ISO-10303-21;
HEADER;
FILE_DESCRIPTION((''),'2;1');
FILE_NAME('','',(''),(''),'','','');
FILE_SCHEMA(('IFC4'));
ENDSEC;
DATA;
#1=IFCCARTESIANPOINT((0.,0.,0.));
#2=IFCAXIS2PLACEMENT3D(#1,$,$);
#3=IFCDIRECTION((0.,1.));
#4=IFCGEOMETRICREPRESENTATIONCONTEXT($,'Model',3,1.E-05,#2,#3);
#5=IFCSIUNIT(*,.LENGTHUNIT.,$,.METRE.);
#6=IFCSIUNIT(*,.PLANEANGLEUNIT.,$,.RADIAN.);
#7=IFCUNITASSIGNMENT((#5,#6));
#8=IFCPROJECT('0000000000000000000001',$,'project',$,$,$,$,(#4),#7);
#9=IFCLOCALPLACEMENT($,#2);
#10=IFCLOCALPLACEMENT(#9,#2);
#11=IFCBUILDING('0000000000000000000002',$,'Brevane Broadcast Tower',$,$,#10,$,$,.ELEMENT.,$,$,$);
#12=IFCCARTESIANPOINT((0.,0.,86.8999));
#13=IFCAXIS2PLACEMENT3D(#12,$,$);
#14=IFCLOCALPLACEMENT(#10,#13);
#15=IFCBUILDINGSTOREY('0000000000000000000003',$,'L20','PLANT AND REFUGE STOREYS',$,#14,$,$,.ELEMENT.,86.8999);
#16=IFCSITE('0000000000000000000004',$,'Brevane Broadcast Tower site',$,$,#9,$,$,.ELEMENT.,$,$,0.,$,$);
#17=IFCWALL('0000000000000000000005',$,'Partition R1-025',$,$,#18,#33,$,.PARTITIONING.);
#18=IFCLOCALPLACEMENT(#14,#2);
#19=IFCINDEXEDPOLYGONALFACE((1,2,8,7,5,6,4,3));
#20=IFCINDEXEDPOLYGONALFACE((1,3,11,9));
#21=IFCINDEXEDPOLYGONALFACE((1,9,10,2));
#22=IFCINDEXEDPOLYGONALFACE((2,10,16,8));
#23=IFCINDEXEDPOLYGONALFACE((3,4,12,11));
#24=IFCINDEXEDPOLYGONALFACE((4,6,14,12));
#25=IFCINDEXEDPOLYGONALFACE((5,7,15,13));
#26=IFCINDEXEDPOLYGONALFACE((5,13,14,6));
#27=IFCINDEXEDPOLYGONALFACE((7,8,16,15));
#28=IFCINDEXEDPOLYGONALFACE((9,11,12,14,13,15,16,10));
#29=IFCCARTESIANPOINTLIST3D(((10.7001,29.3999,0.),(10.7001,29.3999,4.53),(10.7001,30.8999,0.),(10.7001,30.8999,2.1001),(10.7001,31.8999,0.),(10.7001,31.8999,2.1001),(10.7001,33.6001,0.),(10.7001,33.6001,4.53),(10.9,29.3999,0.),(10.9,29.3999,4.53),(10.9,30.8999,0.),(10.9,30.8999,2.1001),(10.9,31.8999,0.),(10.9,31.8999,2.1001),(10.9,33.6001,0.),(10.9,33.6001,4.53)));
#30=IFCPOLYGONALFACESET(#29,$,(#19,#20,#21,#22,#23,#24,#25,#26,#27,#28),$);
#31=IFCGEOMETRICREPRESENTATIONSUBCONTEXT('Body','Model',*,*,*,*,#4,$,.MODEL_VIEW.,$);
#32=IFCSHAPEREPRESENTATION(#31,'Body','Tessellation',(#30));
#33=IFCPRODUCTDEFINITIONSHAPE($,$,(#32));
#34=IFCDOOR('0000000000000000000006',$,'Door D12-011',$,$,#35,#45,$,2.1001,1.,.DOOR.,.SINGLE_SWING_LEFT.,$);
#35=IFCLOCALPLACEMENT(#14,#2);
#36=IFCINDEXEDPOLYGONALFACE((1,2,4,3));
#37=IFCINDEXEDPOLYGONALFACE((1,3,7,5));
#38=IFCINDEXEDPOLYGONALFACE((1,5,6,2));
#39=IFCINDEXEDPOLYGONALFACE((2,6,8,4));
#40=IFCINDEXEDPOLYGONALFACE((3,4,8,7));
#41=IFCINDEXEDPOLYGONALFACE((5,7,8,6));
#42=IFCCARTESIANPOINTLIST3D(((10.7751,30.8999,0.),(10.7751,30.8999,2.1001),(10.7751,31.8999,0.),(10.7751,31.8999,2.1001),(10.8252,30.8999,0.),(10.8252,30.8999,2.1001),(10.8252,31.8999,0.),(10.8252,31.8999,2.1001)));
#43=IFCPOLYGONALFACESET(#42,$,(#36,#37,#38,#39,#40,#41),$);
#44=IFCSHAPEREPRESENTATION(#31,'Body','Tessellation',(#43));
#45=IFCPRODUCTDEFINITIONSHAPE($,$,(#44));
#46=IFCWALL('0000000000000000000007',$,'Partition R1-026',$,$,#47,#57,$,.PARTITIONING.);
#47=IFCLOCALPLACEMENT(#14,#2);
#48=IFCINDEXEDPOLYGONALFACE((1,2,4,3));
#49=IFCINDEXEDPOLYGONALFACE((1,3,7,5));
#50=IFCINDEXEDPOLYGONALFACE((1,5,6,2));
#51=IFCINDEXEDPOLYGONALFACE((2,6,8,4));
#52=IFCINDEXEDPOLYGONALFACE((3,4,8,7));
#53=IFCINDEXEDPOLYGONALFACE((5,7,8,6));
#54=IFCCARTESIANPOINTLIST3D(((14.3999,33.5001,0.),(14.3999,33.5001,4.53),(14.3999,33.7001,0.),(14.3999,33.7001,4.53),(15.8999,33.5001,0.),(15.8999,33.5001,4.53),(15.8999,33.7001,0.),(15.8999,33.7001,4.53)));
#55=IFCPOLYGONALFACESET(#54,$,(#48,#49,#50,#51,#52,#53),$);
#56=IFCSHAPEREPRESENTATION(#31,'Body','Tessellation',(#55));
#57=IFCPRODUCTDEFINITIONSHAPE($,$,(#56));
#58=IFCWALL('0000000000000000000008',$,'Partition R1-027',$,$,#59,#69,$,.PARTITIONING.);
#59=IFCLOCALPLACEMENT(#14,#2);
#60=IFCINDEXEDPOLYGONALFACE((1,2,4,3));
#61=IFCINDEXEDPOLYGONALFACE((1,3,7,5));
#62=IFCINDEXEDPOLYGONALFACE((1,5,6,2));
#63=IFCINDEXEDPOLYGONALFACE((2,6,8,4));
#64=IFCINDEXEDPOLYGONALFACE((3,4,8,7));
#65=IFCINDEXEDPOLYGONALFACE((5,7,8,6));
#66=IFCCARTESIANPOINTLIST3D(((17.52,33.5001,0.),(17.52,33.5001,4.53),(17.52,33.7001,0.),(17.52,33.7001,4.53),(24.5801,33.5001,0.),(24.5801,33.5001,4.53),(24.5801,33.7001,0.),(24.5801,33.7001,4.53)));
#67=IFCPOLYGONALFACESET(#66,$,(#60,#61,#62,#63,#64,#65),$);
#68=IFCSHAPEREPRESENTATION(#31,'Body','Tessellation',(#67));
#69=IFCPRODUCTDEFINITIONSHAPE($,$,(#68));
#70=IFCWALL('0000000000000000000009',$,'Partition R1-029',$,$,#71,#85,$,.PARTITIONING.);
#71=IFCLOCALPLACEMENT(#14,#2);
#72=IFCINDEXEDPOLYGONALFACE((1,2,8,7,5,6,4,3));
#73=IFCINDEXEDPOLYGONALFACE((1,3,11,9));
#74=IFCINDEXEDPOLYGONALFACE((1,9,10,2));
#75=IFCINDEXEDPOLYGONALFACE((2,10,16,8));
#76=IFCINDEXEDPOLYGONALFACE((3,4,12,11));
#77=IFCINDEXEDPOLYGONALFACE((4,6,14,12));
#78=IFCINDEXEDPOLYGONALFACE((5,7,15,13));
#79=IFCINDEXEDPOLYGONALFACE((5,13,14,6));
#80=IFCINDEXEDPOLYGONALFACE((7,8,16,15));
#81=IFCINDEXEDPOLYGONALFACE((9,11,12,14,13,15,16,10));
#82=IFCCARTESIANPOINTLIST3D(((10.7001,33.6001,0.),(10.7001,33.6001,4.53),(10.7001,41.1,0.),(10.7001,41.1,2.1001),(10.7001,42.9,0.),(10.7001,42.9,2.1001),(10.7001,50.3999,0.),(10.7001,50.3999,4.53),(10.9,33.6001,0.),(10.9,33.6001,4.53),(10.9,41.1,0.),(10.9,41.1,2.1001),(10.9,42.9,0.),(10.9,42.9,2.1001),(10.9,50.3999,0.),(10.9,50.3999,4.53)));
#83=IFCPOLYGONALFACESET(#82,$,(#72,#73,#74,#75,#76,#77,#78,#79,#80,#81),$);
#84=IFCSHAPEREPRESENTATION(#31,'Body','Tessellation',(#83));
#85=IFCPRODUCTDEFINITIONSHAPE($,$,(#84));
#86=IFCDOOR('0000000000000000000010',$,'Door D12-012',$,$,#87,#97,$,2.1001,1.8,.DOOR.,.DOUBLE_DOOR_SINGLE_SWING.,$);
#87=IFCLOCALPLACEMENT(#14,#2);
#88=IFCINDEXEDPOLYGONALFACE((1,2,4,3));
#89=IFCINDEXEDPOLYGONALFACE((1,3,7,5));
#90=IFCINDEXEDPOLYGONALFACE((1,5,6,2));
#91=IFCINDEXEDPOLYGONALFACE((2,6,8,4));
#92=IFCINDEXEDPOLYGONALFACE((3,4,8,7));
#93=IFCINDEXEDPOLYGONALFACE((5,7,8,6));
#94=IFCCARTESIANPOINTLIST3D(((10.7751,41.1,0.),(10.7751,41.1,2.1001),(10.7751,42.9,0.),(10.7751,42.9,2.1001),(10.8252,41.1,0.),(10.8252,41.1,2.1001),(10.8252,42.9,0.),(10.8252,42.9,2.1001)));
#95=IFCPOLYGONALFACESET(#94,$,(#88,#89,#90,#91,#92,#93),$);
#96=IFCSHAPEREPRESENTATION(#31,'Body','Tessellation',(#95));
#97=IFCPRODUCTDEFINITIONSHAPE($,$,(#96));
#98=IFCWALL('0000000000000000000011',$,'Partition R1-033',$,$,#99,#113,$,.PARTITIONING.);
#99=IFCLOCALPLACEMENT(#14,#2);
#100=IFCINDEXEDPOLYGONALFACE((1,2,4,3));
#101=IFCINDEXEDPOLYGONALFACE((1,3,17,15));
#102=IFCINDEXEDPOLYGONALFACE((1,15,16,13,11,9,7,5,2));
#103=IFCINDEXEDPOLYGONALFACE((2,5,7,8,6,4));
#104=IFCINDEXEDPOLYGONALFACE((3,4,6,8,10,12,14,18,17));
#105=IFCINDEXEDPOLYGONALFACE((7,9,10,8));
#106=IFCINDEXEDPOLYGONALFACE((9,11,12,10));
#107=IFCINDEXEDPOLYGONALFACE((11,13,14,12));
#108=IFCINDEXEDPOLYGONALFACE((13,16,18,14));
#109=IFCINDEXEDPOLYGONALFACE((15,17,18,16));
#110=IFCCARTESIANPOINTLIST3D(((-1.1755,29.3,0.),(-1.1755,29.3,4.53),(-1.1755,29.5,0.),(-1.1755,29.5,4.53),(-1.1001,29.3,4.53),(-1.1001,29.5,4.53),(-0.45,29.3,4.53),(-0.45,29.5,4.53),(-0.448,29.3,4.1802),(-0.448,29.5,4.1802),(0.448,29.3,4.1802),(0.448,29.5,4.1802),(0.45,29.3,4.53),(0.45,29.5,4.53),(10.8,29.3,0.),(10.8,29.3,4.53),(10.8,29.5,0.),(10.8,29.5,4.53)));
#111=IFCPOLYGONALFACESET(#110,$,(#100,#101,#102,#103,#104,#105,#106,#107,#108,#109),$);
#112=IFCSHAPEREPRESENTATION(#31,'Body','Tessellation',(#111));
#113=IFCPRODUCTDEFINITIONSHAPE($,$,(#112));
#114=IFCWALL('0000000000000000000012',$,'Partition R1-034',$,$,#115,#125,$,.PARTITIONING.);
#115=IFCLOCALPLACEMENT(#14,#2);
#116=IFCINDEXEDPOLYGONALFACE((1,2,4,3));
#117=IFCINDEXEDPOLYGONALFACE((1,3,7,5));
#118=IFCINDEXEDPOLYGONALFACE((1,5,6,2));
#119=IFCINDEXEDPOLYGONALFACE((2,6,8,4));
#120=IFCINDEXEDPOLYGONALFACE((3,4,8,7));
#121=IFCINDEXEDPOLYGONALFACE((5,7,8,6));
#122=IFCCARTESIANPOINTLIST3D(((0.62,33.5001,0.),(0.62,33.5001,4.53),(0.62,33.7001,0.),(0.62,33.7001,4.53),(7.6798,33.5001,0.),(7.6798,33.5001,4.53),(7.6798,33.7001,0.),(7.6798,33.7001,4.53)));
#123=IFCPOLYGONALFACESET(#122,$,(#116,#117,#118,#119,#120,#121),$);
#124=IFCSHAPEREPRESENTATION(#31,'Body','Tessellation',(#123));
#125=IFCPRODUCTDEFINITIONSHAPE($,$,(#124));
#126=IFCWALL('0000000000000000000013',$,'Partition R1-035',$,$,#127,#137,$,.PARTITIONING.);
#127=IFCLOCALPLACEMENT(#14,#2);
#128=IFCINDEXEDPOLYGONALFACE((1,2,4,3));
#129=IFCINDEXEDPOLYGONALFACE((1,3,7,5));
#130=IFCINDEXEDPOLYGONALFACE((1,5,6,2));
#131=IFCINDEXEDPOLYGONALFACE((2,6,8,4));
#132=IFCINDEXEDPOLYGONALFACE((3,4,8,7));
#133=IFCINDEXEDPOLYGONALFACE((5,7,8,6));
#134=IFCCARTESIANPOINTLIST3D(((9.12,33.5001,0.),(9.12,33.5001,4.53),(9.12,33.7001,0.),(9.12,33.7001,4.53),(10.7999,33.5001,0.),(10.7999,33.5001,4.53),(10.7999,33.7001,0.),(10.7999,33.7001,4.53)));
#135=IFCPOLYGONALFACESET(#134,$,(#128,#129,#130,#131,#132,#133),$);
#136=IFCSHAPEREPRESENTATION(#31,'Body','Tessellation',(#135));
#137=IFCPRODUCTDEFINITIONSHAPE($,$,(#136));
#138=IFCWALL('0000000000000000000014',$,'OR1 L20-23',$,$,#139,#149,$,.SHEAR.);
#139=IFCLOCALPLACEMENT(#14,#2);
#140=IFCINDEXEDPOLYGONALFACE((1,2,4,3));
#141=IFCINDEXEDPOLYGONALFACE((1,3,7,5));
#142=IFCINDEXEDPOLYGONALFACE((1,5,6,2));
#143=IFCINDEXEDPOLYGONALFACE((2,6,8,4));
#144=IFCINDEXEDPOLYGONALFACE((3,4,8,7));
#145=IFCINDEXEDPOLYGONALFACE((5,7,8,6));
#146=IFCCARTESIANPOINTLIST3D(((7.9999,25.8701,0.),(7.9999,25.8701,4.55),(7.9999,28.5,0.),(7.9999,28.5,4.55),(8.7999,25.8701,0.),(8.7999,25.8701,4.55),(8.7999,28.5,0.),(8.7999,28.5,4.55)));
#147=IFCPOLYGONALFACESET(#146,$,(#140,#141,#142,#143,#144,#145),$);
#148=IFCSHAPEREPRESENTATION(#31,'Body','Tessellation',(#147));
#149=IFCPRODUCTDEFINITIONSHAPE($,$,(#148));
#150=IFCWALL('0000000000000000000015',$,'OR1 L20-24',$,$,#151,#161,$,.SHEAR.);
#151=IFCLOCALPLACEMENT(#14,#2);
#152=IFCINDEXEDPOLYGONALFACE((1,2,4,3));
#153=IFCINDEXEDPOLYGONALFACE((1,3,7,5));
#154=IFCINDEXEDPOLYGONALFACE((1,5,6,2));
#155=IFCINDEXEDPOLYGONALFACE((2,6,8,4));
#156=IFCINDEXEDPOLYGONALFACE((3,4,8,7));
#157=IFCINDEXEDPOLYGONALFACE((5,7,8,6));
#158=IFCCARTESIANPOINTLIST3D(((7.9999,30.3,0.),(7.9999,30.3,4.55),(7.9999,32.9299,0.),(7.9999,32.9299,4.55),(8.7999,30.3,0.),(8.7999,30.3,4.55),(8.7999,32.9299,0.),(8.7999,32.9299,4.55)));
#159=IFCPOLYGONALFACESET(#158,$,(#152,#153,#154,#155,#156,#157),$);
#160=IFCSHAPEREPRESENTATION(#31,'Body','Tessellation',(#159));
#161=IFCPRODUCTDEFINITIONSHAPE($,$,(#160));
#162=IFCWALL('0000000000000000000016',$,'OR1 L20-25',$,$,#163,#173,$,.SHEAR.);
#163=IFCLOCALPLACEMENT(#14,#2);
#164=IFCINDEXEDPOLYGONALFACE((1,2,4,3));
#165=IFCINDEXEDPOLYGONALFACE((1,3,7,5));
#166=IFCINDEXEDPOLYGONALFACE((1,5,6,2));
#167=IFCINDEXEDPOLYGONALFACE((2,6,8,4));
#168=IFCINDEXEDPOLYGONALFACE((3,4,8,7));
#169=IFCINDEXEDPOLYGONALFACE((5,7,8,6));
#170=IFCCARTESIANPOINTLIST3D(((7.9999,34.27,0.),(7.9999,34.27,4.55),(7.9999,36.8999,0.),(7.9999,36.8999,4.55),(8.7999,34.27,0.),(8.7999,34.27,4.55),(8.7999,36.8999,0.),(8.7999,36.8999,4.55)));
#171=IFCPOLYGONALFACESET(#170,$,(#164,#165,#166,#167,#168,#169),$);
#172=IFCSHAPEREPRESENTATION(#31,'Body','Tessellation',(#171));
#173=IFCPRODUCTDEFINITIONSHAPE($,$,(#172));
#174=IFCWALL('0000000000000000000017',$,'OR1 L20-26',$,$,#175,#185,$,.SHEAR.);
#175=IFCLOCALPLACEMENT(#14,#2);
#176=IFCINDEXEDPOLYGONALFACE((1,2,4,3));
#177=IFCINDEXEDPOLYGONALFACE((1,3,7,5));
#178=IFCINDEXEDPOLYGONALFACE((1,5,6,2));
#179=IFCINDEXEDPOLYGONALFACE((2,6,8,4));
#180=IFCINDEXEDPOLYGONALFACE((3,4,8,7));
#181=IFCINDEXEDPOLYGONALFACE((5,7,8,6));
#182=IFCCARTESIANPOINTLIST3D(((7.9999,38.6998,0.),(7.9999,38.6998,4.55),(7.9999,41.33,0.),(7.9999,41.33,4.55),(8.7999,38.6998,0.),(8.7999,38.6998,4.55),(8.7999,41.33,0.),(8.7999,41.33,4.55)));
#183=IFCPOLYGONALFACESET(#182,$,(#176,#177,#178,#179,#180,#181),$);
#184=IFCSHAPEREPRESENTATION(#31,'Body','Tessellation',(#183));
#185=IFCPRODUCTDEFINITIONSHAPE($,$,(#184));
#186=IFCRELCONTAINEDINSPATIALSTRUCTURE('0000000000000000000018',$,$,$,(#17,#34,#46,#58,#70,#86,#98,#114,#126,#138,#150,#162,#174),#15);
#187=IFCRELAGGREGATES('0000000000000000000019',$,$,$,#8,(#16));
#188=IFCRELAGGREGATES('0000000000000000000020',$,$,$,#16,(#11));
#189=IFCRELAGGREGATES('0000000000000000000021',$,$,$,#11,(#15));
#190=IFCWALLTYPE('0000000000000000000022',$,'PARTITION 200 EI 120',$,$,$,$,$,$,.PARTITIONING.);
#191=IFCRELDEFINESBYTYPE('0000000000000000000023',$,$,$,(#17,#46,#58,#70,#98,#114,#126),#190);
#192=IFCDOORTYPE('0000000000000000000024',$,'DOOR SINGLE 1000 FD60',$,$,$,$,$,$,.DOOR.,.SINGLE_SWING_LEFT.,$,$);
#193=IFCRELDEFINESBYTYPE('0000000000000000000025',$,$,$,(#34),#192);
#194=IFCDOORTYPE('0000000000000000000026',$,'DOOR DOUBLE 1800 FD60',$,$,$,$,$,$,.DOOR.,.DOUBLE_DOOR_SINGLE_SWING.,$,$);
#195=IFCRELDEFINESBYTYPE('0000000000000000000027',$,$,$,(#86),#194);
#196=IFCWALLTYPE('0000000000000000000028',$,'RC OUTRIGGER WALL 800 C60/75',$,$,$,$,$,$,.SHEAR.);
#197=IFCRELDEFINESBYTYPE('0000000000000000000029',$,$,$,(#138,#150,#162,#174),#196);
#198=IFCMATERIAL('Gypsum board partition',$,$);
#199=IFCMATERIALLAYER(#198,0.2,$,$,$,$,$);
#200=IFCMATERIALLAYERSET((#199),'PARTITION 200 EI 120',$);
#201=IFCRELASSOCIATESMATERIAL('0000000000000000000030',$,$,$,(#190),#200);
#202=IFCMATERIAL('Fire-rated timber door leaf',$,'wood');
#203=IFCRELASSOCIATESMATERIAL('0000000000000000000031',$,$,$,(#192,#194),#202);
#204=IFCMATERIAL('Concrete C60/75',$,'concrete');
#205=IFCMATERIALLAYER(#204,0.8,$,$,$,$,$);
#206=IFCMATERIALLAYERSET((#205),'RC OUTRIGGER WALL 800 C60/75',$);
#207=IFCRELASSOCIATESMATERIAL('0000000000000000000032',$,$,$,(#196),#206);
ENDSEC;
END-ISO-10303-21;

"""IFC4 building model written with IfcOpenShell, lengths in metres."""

from ifc_helpers import new_model, si_unit, direction, frame, frame_2d, origin, place, context, subcontext, project, spatial, polyline, rectangle, outline, extrude, material, layer, layer_set, type_object, element, fill, save


model = new_model("IFC4")

# Units and contexts
model_context = context("Model", 3, precision=1e-05, world=origin(), true_north=direction((0.0, 1.0)))
body_context = subcontext(model_context, "Body", "Model", "MODEL_VIEW")
ifc_project = project(units=[si_unit("LENGTHUNIT", "METRE"), si_unit("PLANEANGLEUNIT", "RADIAN")], contexts=[model_context])

# Site, building, storey
site_placement = place(None, origin())
site = spatial("IfcSite", under=ifc_project, at=site_placement, Name="Brevane Broadcast Tower site", CompositionType="ELEMENT", RefElevation=0.0)
building_placement = place(site_placement, origin())
building = spatial("IfcBuilding", under=site, at=building_placement, Name="Brevane Broadcast Tower", CompositionType="ELEMENT")
storey_placement = place(building_placement, frame((0.0, 0.0, 86.8999)))
storey = spatial("IfcBuildingStorey", under=building, at=storey_placement, Name="L20", Description="PLANT AND REFUGE STOREYS", CompositionType="ELEMENT", Elevation=86.8999)

# Wall, opening, door
ifc_material_1 = material(Name="Gypsum board partition")
ifc_layer_1 = layer(ifc_material_1, 0.2)
ifc_layer_set_1 = layer_set([ifc_layer_1], Name="PARTITION 200 EI 120")
wall_type_1 = type_object("IfcWallType", Name="PARTITION 200 EI 120", PredefinedType="PARTITIONING", material=ifc_layer_set_1)
wall_1_placement = place(storey_placement, frame((10.8, 29.3999, 0.0), z_axis=(0.0, 0.0, 1.0), x_axis=(0.0, 1.0, 0.0)))
wall_1 = element("IfcWall", 1, at=wall_1_placement, inside=storey, type_object=wall_type_1, Name="Partition R1-025", PredefinedType="PARTITIONING", context=body_context, shape_type="SweptSolid", body=[
    extrude(rectangle(XDim=4.2002, YDim=0.2, at=frame_2d((2.1001, 0.0))), origin(), (0.0, 0.0, 1.0), 4.53),
])
opening_1_placement = place(wall_1_placement, frame((1.5, 0.0, 0.0)))
opening_1 = element("IfcOpeningElement", 2, at=opening_1_placement, cuts=wall_1, PredefinedType="OPENING", context=body_context, shape_type="SweptSolid", body=[
    extrude(rectangle(XDim=1.0, YDim=2.1001, at=frame_2d((0.5, 1.05))), frame((0.0, 0.1099, 0.0), z_axis=(0.0, -1.0, 0.0), x_axis=(1.0, 0.0, 0.0)), (0.0, 0.0, 1.0), 0.22),
])
ifc_material_2 = material(Name="Fire-rated timber door leaf", Category="wood")
door_type_1 = type_object("IfcDoorType", Name="DOOR SINGLE 1000 FD60", OperationType="SINGLE_SWING_LEFT", PredefinedType="DOOR", material=ifc_material_2)
door_1_placement = place(opening_1_placement, origin())
door_1 = element("IfcDoor", 3, at=door_1_placement, inside=storey, type_object=door_type_1, Name="Door D12-011", OperationType="SINGLE_SWING_LEFT", OverallHeight=2.1001, OverallWidth=1.0, PredefinedType="DOOR", context=body_context, shape_type="SweptSolid", body=[
    extrude(rectangle(XDim=1.0, YDim=2.1001, at=frame_2d((0.5, 1.05))), frame((0.0, 0.0249, 0.0), z_axis=(0.0, -1.0, 0.0), x_axis=(1.0, 0.0, 0.0)), (0.0, 0.0, 1.0), 0.05),
])
fill(opening_1, door_1)

# Walls
wall_2_placement = place(storey_placement, frame((14.3999, 33.6001, 0.0), z_axis=(0.0, 0.0, 1.0), x_axis=(1.0, 0.0, 0.0)))
element("IfcWall", 4, at=wall_2_placement, inside=storey, type_object=wall_type_1, Name="Partition R1-026", PredefinedType="PARTITIONING", context=body_context, shape_type="SweptSolid", body=[
    extrude(rectangle(XDim=1.5, YDim=0.2, at=frame_2d((0.75, 0.0))), origin(), (0.0, 0.0, 1.0), 4.53),
])
wall_3_placement = place(storey_placement, frame((17.52, 33.6001, 0.0), z_axis=(0.0, 0.0, 1.0), x_axis=(1.0, 0.0, 0.0)))
element("IfcWall", 5, at=wall_3_placement, inside=storey, type_object=wall_type_1, Name="Partition R1-027", PredefinedType="PARTITIONING", context=body_context, shape_type="SweptSolid", body=[
    extrude(rectangle(XDim=7.0601, YDim=0.2, at=frame_2d((3.53, 0.0))), origin(), (0.0, 0.0, 1.0), 4.53),
])

# Wall, opening, door
wall_4_placement = place(storey_placement, frame((10.8, 33.6001, 0.0), z_axis=(0.0, 0.0, 1.0), x_axis=(0.0, 1.0, 0.0)))
wall_4 = element("IfcWall", 6, at=wall_4_placement, inside=storey, type_object=wall_type_1, Name="Partition R1-029", PredefinedType="PARTITIONING", context=body_context, shape_type="SweptSolid", body=[
    extrude(rectangle(XDim=16.7998, YDim=0.2, at=frame_2d((8.3999, 0.0))), origin(), (0.0, 0.0, 1.0), 4.53),
])
opening_2_placement = place(wall_4_placement, frame((7.5, 0.0, 0.0)))
opening_2 = element("IfcOpeningElement", 7, at=opening_2_placement, cuts=wall_4, PredefinedType="OPENING", context=body_context, shape_type="SweptSolid", body=[
    extrude(rectangle(XDim=1.8, YDim=2.1001, at=frame_2d((0.8999, 1.05))), frame((0.0, 0.1099, 0.0), z_axis=(0.0, -1.0, 0.0), x_axis=(1.0, 0.0, 0.0)), (0.0, 0.0, 1.0), 0.22),
])
door_type_2 = type_object("IfcDoorType", Name="DOOR DOUBLE 1800 FD60", OperationType="DOUBLE_DOOR_SINGLE_SWING", PredefinedType="DOOR", material=ifc_material_2)
door_2_placement = place(opening_2_placement, origin())
door_2 = element("IfcDoor", 8, at=door_2_placement, inside=storey, type_object=door_type_2, Name="Door D12-012", OperationType="DOUBLE_DOOR_SINGLE_SWING", OverallHeight=2.1001, OverallWidth=1.8, PredefinedType="DOOR", context=body_context, shape_type="SweptSolid", body=[
    extrude(rectangle(XDim=1.8, YDim=2.1001, at=frame_2d((0.8999, 1.05))), frame((0.0, 0.0249, 0.0), z_axis=(0.0, -1.0, 0.0), x_axis=(1.0, 0.0, 0.0)), (0.0, 0.0, 1.0), 0.05),
])
fill(opening_2, door_2)

# Walls
wall_5_placement = place(storey_placement, frame((-1.1755, 29.3999, 0.0), z_axis=(0.0, 0.0, 1.0), x_axis=(1.0, 0.0, 0.0)))
element("IfcWall", 9, at=wall_5_placement, inside=storey, type_object=wall_type_1, Name="Partition R1-033", PredefinedType="PARTITIONING", context=body_context, shape_type="SweptSolid", body=[
    extrude(outline(polyline([(0.0, 0.0), (11.9756, 0.0), (11.9756, 4.53), (1.6255, 4.53), (1.6235, 4.1802), (0.7275, 4.1802), (0.7256, 4.53), (0.0754, 4.53), (0.0, 4.53), (0.0, 0.0)])), frame((0.0, 0.1001, 0.0), z_axis=(0.0, -1.0, 0.0), x_axis=(1.0, 0.0, 0.0)), (0.0, 0.0, 1.0), 0.2),
])
wall_6_placement = place(storey_placement, frame((0.6201, 33.6001, 0.0), z_axis=(0.0, 0.0, 1.0), x_axis=(1.0, 0.0, 0.0)))
element("IfcWall", 10, at=wall_6_placement, inside=storey, type_object=wall_type_1, Name="Partition R1-034", PredefinedType="PARTITIONING", context=body_context, shape_type="SweptSolid", body=[
    extrude(rectangle(XDim=7.0598, YDim=0.2, at=frame_2d((3.5298, 0.0))), origin(), (0.0, 0.0, 1.0), 4.53),
])
wall_7_placement = place(storey_placement, frame((9.1201, 33.6001, 0.0), z_axis=(0.0, 0.0, 1.0), x_axis=(1.0, 0.0, 0.0)))
element("IfcWall", 11, at=wall_7_placement, inside=storey, type_object=wall_type_1, Name="Partition R1-035", PredefinedType="PARTITIONING", context=body_context, shape_type="SweptSolid", body=[
    extrude(rectangle(XDim=1.6799, YDim=0.2, at=frame_2d((0.8398, 0.0))), origin(), (0.0, 0.0, 1.0), 4.53),
])
ifc_material_3 = material(Name="Concrete C60/75", Category="concrete")
ifc_layer_2 = layer(ifc_material_3, 0.8)
ifc_layer_set_2 = layer_set([ifc_layer_2], Name="RC OUTRIGGER WALL 800 C60/75")
wall_type_2 = type_object("IfcWallType", Name="RC OUTRIGGER WALL 800 C60/75", PredefinedType="SHEAR", material=ifc_layer_set_2)
for number, where, z_axis, x_axis, name in (
    (12, (8.3999, 25.8701, 0.0), (0.0, 0.0, 1.0), (0.0, 1.0, 0.0), "OR1 L20-23"),
    (13, (8.3999, 30.3, 0.0), (0.0, 0.0, 1.0), (0.0, 1.0, 0.0), "OR1 L20-24"),
    (14, (8.3999, 34.27, 0.0), (0.0, 0.0, 1.0), (0.0, 1.0, 0.0), "OR1 L20-25"),
):
    element("IfcWall", number, at=place(storey_placement, frame(where, z_axis=z_axis, x_axis=x_axis)), inside=storey, type_object=wall_type_2, Name=name, PredefinedType="SHEAR", context=body_context, shape_type="SweptSolid", body=[
        extrude(rectangle(XDim=2.6299, YDim=0.8, at=frame_2d((1.3149, 0.0))), origin(), (0.0, 0.0, 1.0), 4.55),
    ])
wall_8_placement = place(storey_placement, frame((8.3999, 38.7, 0.0), z_axis=(0.0, 0.0, 1.0), x_axis=(0.0, 1.0, 0.0)))
element("IfcWall", 15, at=wall_8_placement, inside=storey, type_object=wall_type_2, Name="OR1 L20-26", PredefinedType="SHEAR", context=body_context, shape_type="SweptSolid", body=[
    extrude(rectangle(XDim=2.6301, YDim=0.8, at=frame_2d((1.3149, 0.0))), origin(), (0.0, 0.0, 1.0), 4.55),
])

save(model, "model.ifc")
